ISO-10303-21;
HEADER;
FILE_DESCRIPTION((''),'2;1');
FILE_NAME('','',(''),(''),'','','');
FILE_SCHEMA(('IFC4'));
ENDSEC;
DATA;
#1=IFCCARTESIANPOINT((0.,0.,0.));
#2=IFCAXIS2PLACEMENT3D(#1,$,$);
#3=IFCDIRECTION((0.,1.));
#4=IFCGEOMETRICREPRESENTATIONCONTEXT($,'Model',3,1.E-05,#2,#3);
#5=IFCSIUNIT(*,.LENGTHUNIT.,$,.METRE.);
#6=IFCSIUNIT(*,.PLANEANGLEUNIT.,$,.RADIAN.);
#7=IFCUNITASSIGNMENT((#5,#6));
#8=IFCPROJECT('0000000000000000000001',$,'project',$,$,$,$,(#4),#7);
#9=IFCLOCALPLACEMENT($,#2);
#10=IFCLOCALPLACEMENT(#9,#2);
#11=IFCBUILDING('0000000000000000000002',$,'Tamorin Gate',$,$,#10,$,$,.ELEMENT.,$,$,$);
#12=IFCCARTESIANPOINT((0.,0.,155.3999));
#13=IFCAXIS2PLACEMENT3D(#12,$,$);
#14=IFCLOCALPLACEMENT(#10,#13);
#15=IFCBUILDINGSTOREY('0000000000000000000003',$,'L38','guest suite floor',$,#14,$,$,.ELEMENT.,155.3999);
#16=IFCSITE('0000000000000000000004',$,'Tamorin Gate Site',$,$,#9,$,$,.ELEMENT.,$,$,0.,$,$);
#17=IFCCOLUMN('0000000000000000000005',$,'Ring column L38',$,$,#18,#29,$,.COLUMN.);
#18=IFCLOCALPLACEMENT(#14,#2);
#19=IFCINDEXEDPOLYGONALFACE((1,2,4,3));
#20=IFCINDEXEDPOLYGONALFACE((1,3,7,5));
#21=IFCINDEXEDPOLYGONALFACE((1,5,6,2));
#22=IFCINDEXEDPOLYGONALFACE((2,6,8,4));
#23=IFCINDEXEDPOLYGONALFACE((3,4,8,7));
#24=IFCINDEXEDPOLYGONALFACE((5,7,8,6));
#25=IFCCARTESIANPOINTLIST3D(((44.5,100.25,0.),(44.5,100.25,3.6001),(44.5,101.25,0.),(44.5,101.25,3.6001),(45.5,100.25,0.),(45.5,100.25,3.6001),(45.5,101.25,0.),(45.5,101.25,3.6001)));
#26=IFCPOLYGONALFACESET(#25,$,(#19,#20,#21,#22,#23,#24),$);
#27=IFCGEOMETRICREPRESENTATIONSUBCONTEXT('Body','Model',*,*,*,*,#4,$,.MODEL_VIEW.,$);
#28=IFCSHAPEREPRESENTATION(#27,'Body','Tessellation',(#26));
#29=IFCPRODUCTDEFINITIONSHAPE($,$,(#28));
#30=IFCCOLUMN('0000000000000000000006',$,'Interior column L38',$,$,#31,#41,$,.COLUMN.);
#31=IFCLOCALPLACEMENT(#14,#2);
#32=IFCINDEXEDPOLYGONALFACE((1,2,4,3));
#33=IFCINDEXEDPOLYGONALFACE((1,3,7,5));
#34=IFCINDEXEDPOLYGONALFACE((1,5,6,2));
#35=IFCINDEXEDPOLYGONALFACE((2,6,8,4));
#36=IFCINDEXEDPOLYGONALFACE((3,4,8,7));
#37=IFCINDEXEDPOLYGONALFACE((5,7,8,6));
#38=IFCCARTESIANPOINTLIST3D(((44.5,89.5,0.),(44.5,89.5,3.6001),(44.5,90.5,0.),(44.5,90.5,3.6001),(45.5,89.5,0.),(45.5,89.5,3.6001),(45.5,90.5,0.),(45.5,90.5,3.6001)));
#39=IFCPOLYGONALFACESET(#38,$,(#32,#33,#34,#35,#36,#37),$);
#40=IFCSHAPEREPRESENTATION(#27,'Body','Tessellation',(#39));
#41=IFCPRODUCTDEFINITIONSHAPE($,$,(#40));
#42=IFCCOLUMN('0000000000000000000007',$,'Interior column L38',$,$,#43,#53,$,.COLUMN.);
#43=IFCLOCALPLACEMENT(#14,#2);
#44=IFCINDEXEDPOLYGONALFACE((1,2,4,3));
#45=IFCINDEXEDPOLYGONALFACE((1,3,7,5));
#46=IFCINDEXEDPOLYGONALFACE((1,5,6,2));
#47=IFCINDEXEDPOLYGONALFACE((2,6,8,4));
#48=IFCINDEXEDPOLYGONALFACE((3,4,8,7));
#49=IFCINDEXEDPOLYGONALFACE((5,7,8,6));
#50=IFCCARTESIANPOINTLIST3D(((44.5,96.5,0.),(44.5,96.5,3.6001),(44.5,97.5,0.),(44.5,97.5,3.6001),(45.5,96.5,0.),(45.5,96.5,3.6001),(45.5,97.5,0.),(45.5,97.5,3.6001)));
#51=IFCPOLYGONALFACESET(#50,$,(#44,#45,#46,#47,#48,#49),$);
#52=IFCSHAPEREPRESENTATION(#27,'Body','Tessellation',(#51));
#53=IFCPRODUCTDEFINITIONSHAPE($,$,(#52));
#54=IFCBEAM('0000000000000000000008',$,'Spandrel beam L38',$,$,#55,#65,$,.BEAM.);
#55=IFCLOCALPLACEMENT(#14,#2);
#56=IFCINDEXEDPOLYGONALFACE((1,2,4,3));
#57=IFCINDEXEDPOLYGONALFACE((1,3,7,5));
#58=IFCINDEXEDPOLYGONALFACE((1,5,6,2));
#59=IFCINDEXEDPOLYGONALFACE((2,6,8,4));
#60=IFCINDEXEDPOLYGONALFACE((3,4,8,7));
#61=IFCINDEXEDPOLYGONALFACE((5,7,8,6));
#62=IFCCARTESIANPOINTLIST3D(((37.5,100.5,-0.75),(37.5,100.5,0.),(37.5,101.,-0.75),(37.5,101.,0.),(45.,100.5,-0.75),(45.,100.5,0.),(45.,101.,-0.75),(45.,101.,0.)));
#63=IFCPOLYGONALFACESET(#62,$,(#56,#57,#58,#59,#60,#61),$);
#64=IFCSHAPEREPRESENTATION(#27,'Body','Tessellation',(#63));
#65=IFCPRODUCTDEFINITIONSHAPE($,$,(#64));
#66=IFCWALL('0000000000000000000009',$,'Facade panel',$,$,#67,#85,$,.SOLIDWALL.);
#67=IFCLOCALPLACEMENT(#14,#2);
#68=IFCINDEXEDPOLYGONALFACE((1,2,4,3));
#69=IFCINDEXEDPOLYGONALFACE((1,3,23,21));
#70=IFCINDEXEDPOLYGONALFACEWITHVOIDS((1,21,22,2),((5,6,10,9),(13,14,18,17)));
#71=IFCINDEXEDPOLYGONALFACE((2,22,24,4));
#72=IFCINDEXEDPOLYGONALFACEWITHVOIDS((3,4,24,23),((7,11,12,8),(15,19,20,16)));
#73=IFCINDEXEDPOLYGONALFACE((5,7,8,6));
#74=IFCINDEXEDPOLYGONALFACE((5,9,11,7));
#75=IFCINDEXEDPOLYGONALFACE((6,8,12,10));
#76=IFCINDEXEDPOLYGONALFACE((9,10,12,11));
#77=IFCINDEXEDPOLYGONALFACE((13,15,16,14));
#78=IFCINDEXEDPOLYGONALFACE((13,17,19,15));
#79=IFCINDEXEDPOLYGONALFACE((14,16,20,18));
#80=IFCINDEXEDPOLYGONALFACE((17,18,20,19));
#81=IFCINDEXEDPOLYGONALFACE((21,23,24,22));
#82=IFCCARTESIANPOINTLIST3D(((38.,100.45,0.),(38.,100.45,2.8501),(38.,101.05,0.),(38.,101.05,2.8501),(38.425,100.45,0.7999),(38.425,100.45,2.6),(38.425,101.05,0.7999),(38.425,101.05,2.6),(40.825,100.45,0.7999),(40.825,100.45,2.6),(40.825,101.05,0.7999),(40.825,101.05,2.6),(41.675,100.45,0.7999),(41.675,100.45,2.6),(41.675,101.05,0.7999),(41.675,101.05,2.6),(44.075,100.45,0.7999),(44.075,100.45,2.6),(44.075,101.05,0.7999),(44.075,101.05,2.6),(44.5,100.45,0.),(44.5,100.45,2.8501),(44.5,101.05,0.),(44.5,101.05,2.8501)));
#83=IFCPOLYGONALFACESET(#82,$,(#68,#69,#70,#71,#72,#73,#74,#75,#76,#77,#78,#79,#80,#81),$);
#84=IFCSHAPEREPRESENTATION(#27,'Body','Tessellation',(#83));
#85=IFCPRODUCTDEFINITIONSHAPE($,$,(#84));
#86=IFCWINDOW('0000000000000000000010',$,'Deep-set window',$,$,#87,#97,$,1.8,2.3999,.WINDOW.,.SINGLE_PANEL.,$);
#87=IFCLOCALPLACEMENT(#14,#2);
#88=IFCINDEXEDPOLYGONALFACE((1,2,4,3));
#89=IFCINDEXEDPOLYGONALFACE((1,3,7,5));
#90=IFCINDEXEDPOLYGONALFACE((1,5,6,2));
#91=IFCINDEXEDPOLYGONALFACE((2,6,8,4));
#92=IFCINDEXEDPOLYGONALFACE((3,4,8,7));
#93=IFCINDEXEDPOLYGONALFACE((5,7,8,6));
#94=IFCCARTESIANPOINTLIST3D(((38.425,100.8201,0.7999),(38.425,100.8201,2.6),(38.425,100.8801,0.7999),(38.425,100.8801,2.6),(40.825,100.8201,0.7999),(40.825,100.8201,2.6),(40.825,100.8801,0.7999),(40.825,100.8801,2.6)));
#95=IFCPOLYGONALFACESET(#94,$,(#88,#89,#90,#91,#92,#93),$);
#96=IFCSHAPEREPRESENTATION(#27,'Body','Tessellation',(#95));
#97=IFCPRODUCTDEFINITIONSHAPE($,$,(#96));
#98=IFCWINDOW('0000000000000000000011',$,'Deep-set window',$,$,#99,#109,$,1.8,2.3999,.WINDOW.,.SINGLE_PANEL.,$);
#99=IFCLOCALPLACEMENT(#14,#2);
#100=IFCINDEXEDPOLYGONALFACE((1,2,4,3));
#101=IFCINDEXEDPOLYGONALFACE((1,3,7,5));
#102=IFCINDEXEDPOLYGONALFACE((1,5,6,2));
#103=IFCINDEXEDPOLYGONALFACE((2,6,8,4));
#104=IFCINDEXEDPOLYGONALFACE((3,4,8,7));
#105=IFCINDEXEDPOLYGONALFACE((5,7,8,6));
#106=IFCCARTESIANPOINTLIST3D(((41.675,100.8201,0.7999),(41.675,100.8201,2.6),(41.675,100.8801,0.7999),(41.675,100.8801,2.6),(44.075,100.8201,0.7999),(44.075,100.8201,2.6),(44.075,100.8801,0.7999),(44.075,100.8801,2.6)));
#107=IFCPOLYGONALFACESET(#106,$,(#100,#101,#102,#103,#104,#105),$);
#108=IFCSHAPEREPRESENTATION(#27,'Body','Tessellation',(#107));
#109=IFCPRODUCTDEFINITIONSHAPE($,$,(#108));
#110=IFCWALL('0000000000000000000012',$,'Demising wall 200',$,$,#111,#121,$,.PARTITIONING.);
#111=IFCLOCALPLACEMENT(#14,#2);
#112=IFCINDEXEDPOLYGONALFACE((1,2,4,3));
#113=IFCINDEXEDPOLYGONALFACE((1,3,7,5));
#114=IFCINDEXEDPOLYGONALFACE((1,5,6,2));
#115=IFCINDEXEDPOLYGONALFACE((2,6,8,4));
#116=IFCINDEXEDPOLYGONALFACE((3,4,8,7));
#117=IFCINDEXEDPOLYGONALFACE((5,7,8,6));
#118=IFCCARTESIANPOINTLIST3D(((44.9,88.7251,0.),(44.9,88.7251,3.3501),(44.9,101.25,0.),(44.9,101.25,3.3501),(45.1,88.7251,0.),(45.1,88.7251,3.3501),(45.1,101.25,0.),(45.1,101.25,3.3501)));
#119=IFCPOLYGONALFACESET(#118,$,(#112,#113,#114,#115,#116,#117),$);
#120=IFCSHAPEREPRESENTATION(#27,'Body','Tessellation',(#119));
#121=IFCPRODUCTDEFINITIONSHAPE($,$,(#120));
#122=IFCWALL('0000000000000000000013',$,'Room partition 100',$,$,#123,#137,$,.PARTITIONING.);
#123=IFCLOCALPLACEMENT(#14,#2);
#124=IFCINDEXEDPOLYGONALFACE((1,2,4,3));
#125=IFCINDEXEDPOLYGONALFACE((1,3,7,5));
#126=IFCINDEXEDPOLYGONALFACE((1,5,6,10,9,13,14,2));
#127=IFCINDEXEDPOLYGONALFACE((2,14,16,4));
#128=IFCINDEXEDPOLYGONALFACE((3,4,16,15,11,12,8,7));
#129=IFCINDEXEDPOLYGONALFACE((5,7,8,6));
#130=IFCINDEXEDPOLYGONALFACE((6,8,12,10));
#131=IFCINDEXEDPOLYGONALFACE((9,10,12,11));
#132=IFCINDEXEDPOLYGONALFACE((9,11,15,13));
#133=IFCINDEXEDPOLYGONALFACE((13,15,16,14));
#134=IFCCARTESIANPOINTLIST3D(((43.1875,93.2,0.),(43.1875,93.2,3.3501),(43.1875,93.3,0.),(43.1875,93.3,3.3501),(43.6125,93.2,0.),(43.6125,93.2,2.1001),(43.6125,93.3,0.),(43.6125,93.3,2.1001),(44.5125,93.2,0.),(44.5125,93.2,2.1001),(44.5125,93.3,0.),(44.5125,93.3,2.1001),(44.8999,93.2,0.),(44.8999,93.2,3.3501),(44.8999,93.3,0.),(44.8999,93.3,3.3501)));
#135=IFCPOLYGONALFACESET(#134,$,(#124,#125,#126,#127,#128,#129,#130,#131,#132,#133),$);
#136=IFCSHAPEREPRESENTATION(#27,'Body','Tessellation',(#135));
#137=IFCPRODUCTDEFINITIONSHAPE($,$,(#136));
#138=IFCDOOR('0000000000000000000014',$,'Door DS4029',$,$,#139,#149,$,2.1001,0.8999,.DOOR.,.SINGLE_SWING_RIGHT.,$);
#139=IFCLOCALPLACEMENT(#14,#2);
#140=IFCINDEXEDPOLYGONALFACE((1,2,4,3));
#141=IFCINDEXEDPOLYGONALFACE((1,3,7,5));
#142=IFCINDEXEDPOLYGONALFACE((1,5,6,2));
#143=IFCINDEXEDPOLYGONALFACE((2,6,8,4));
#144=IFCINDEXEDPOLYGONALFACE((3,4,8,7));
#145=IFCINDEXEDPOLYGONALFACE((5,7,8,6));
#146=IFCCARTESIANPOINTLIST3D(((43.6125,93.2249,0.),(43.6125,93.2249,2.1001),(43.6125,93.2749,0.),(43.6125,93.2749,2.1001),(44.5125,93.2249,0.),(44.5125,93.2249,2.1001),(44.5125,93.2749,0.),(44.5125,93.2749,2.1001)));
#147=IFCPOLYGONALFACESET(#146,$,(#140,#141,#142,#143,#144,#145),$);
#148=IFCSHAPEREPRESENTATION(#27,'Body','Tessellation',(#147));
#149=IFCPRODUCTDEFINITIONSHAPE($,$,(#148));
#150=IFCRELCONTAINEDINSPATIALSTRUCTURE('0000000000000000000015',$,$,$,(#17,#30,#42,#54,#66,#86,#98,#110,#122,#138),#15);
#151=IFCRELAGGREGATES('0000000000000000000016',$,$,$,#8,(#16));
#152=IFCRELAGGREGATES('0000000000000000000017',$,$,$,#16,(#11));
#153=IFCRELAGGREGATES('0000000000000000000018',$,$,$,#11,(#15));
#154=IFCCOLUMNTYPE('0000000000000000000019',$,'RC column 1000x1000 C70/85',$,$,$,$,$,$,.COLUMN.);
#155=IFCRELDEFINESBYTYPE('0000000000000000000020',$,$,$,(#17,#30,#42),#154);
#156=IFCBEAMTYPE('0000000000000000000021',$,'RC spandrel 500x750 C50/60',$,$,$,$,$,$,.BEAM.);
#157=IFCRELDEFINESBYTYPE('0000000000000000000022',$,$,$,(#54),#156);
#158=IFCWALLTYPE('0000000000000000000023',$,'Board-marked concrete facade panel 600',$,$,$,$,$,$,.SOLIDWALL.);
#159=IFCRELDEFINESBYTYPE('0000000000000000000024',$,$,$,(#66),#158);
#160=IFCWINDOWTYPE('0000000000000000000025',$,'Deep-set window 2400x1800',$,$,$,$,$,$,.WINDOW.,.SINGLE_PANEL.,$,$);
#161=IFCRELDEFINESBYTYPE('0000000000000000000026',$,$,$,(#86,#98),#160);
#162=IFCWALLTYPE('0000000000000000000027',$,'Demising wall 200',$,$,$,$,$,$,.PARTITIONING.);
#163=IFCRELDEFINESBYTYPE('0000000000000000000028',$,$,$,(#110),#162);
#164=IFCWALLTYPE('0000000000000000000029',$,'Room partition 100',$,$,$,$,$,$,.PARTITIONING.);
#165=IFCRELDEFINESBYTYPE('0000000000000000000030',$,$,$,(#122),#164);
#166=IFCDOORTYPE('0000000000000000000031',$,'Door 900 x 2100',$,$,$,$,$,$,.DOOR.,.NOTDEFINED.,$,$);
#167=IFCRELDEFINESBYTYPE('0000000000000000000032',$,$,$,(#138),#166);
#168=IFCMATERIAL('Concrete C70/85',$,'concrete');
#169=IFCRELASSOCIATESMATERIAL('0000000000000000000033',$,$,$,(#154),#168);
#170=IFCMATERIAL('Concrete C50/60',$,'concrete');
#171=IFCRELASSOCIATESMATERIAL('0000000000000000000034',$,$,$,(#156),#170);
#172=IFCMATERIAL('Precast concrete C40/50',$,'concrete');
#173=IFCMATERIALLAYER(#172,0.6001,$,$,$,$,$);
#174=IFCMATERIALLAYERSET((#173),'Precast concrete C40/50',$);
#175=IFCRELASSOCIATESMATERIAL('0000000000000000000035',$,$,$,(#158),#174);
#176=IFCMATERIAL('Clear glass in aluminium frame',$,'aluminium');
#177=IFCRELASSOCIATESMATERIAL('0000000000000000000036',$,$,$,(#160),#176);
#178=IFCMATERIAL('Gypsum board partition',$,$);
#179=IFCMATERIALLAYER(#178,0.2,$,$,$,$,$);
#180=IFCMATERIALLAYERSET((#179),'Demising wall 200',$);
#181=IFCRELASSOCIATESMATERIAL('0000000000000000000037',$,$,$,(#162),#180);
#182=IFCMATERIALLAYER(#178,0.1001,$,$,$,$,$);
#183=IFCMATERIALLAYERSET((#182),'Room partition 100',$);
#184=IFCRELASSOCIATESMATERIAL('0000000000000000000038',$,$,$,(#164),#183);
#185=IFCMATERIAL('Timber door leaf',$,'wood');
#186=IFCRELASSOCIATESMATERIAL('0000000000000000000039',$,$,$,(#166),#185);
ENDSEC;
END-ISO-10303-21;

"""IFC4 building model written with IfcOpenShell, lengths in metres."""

from ifc_helpers import new_model, si_unit, direction, frame, frame_2d, origin, origin_2d, place, context, subcontext, project, spatial, rectangle, extrude, material, layer, layer_set, material_profile, profile_set, type_object, element, fill, save


model = new_model("IFC4")

# Units and contexts
model_context = context("Model", 3, precision=1e-05, world=origin(), true_north=direction((0.0, 1.0)))
body_context = subcontext(model_context, "Body", "Model", "MODEL_VIEW")
ifc_project = project(units=[si_unit("LENGTHUNIT", "METRE"), si_unit("PLANEANGLEUNIT", "RADIAN")], contexts=[model_context])

# Site, building, storey
site_placement = place(None, origin())
site = spatial("IfcSite", under=ifc_project, at=site_placement, Name="Tamorin Gate Site", CompositionType="ELEMENT", RefElevation=0.0)
building_placement = place(site_placement, origin())
building = spatial("IfcBuilding", under=site, at=building_placement, Name="Tamorin Gate", CompositionType="ELEMENT")
storey_placement = place(building_placement, frame((0.0, 0.0, 155.3999)))
storey = spatial("IfcBuildingStorey", under=building, at=storey_placement, Name="L38", Description="guest suite floor", CompositionType="ELEMENT", Elevation=155.3999)

# Columns
ifc_material_1 = material(Name="Concrete C70/85", Category="concrete")
ifc_material_profile_1 = material_profile(ifc_material_1, rectangle(XDim=1.0, YDim=1.0, at=origin_2d()), Name="RC 1000x1000")
ifc_profile_set_1 = profile_set([ifc_material_profile_1], Name="Concrete C70/85")
column_type = type_object("IfcColumnType", Name="RC column 1000x1000 C70/85", PredefinedType="COLUMN", material=ifc_profile_set_1)
for number, where, z_axis, x_axis, name in (
    (1, (45.0, 100.75, 0.0), (0.0, 0.0, 1.0), (1.0, 0.0, 0.0), "Ring column L38"),
    (2, (45.0, 90.0, 0.0), (0.0, 0.0, 1.0), (1.0, 0.0, 0.0), "Interior column L38"),
    (3, (45.0, 97.0, 0.0), (0.0, 0.0, 1.0), (1.0, 0.0, 0.0), "Interior column L38"),
):
    element("IfcColumn", number, at=place(storey_placement, frame(where, z_axis=z_axis, x_axis=x_axis)), inside=storey, type_object=column_type, Name=name, PredefinedType="COLUMN", context=body_context, shape_type="SweptSolid", body=[
        extrude(rectangle(XDim=1.0, YDim=1.0, at=origin_2d()), origin(), (0.0, 0.0, 1.0), 3.6001),
    ])

# Beam
ifc_material_2 = material(Name="Concrete C50/60", Category="concrete")
ifc_material_profile_2 = material_profile(ifc_material_2, rectangle(XDim=0.5, YDim=0.75, at=origin_2d()), Name="RC 500x750")
ifc_profile_set_2 = profile_set([ifc_material_profile_2], Name="Concrete C50/60")
beam_type = type_object("IfcBeamType", Name="RC spandrel 500x750 C50/60", PredefinedType="BEAM", material=ifc_profile_set_2)
beam_placement = place(storey_placement, frame((45.0, 100.75, -0.375), z_axis=(-1.0, 0.0, 0.0), x_axis=(0.0, -1.0, 0.0)))
element("IfcBeam", 4, at=beam_placement, inside=storey, type_object=beam_type, Name="Spandrel beam L38", PredefinedType="BEAM", context=body_context, shape_type="SweptSolid", body=[
    extrude(rectangle(XDim=0.5, YDim=0.75, at=origin_2d()), origin(), (0.0, 0.0, 1.0), 7.5),
])

# Wall, openings, windows
ifc_material_3 = material(Name="Precast concrete C40/50", Category="concrete")
ifc_layer_1 = layer(ifc_material_3, 0.6001)
ifc_layer_set_1 = layer_set([ifc_layer_1], Name="Precast concrete C40/50")
wall_type_1 = type_object("IfcWallType", Name="Board-marked concrete facade panel 600", PredefinedType="SOLIDWALL", material=ifc_layer_set_1)
wall_1_placement = place(storey_placement, frame((44.5, 100.75, 0.0), z_axis=(0.0, 0.0, 1.0), x_axis=(-1.0, 0.0, 0.0)))
wall_1 = element("IfcWall", 5, at=wall_1_placement, inside=storey, type_object=wall_type_1, Name="Facade panel", PredefinedType="SOLIDWALL", context=body_context, shape_type="SweptSolid", body=[
    extrude(rectangle(XDim=6.5, YDim=0.6001, at=frame_2d((3.25, 0.0))), origin(), (0.0, 0.0, 1.0), 2.8501),
])
opening_1_placement = place(wall_1_placement, frame((3.675, 0.0, 0.8)))
opening_1 = element("IfcOpeningElement", 6, at=opening_1_placement, cuts=wall_1, PredefinedType="OPENING", context=body_context, shape_type="SweptSolid", body=[
    extrude(rectangle(XDim=2.3999, YDim=1.8, at=frame_2d((1.2, 0.8999))), frame((0.0, 0.3101, 0.0), z_axis=(0.0, -1.0, 0.0), x_axis=(1.0, 0.0, 0.0)), (0.0, 0.0, 1.0), 0.6201),
])
opening_2_placement = place(wall_1_placement, frame((0.425, 0.0, 0.8)))
opening_2 = element("IfcOpeningElement", 7, at=opening_2_placement, cuts=wall_1, PredefinedType="OPENING", context=body_context, shape_type="SweptSolid", body=[
    extrude(rectangle(XDim=2.3999, YDim=1.8, at=frame_2d((1.2, 0.8999))), frame((0.0, 0.3101, 0.0), z_axis=(0.0, -1.0, 0.0), x_axis=(1.0, 0.0, 0.0)), (0.0, 0.0, 1.0), 0.6201),
])
ifc_material_4 = material(Name="Clear glass in aluminium frame", Category="aluminium")
window_type = type_object("IfcWindowType", Name="Deep-set window 2400x1800", PartitioningType="SINGLE_PANEL", PredefinedType="WINDOW", material=ifc_material_4)
window_1_placement = place(opening_1_placement, origin())
window_1 = element("IfcWindow", 8, at=window_1_placement, inside=storey, type_object=window_type, Name="Deep-set window", OverallHeight=1.8, OverallWidth=2.3999, PartitioningType="SINGLE_PANEL", PredefinedType="WINDOW", context=body_context, shape_type="SweptSolid", body=[
    extrude(rectangle(XDim=2.3999, YDim=1.8, at=frame_2d((1.2, 0.8999))), frame((0.0, -0.0701, 0.0), z_axis=(0.0, -1.0, 0.0), x_axis=(1.0, 0.0, 0.0)), (0.0, 0.0, 1.0), 0.0601),
])
fill(opening_1, window_1)
window_2_placement = place(opening_2_placement, origin())
window_2 = element("IfcWindow", 9, at=window_2_placement, inside=storey, type_object=window_type, Name="Deep-set window", OverallHeight=1.8, OverallWidth=2.3999, PartitioningType="SINGLE_PANEL", PredefinedType="WINDOW", context=body_context, shape_type="SweptSolid", body=[
    extrude(rectangle(XDim=2.3999, YDim=1.8, at=frame_2d((1.2, 0.8999))), frame((0.0, -0.0701, 0.0), z_axis=(0.0, -1.0, 0.0), x_axis=(1.0, 0.0, 0.0)), (0.0, 0.0, 1.0), 0.0601),
])
fill(opening_2, window_2)

# Wall
ifc_material_5 = material(Name="Gypsum board partition")
ifc_layer_2 = layer(ifc_material_5, 0.2)
ifc_layer_set_2 = layer_set([ifc_layer_2], Name="Demising wall 200")
wall_type_2 = type_object("IfcWallType", Name="Demising wall 200", PredefinedType="PARTITIONING", material=ifc_layer_set_2)
wall_2_placement = place(storey_placement, frame((45.0, 88.7251, 0.0), z_axis=(0.0, 0.0, 1.0), x_axis=(0.0, 1.0, 0.0)))
element("IfcWall", 10, at=wall_2_placement, inside=storey, type_object=wall_type_2, Name="Demising wall 200", PredefinedType="PARTITIONING", context=body_context, shape_type="SweptSolid", body=[
    extrude(rectangle(XDim=12.5249, YDim=0.2, at=frame_2d((6.2625, 0.0))), origin(), (0.0, 0.0, 1.0), 3.3501),
])

# Wall, opening, door
ifc_layer_3 = layer(ifc_material_5, 0.1001)
ifc_layer_set_3 = layer_set([ifc_layer_3], Name="Room partition 100")
wall_type_3 = type_object("IfcWallType", Name="Room partition 100", PredefinedType="PARTITIONING", material=ifc_layer_set_3)
wall_3_placement = place(storey_placement, frame((43.1875, 93.25, 0.0), z_axis=(0.0, 0.0, 1.0), x_axis=(1.0, 0.0, 0.0)))
wall_3 = element("IfcWall", 11, at=wall_3_placement, inside=storey, type_object=wall_type_3, Name="Room partition 100", PredefinedType="PARTITIONING", context=body_context, shape_type="SweptSolid", body=[
    extrude(rectangle(XDim=1.7124, YDim=0.1001, at=frame_2d((0.8562, 0.0))), origin(), (0.0, 0.0, 1.0), 3.3501),
])
opening_3_placement = place(wall_3_placement, frame((0.425, 0.0, 0.0)))
opening_3 = element("IfcOpeningElement", 12, at=opening_3_placement, cuts=wall_3, PredefinedType="OPENING", context=body_context, shape_type="SweptSolid", body=[
    extrude(rectangle(XDim=0.8999, YDim=2.1001, at=frame_2d((0.45, 1.05))), frame((0.0, 0.0601, 0.0), z_axis=(0.0, -1.0, 0.0), x_axis=(1.0, 0.0, 0.0)), (0.0, 0.0, 1.0), 0.1201),
])
ifc_material_6 = material(Name="Timber door leaf", Category="wood")
door_type_1 = type_object("IfcDoorType", Name="Door 900 x 2100", OperationType="NOTDEFINED", PredefinedType="DOOR", material=ifc_material_6)
door_1_placement = place(opening_3_placement, origin())
door_1 = element("IfcDoor", 13, at=door_1_placement, inside=storey, type_object=door_type_1, Name="Door DS4029", OperationType="SINGLE_SWING_RIGHT", OverallHeight=2.1001, OverallWidth=0.8999, PredefinedType="DOOR", context=body_context, shape_type="SweptSolid", body=[
    extrude(rectangle(XDim=0.8999, YDim=2.1001, at=frame_2d((0.45, 1.05))), frame((0.0, 0.0249, 0.0), z_axis=(0.0, -1.0, 0.0), x_axis=(1.0, 0.0, 0.0)), (0.0, 0.0, 1.0), 0.05),
])
fill(opening_3, door_1)

save(model, "model.ifc")
